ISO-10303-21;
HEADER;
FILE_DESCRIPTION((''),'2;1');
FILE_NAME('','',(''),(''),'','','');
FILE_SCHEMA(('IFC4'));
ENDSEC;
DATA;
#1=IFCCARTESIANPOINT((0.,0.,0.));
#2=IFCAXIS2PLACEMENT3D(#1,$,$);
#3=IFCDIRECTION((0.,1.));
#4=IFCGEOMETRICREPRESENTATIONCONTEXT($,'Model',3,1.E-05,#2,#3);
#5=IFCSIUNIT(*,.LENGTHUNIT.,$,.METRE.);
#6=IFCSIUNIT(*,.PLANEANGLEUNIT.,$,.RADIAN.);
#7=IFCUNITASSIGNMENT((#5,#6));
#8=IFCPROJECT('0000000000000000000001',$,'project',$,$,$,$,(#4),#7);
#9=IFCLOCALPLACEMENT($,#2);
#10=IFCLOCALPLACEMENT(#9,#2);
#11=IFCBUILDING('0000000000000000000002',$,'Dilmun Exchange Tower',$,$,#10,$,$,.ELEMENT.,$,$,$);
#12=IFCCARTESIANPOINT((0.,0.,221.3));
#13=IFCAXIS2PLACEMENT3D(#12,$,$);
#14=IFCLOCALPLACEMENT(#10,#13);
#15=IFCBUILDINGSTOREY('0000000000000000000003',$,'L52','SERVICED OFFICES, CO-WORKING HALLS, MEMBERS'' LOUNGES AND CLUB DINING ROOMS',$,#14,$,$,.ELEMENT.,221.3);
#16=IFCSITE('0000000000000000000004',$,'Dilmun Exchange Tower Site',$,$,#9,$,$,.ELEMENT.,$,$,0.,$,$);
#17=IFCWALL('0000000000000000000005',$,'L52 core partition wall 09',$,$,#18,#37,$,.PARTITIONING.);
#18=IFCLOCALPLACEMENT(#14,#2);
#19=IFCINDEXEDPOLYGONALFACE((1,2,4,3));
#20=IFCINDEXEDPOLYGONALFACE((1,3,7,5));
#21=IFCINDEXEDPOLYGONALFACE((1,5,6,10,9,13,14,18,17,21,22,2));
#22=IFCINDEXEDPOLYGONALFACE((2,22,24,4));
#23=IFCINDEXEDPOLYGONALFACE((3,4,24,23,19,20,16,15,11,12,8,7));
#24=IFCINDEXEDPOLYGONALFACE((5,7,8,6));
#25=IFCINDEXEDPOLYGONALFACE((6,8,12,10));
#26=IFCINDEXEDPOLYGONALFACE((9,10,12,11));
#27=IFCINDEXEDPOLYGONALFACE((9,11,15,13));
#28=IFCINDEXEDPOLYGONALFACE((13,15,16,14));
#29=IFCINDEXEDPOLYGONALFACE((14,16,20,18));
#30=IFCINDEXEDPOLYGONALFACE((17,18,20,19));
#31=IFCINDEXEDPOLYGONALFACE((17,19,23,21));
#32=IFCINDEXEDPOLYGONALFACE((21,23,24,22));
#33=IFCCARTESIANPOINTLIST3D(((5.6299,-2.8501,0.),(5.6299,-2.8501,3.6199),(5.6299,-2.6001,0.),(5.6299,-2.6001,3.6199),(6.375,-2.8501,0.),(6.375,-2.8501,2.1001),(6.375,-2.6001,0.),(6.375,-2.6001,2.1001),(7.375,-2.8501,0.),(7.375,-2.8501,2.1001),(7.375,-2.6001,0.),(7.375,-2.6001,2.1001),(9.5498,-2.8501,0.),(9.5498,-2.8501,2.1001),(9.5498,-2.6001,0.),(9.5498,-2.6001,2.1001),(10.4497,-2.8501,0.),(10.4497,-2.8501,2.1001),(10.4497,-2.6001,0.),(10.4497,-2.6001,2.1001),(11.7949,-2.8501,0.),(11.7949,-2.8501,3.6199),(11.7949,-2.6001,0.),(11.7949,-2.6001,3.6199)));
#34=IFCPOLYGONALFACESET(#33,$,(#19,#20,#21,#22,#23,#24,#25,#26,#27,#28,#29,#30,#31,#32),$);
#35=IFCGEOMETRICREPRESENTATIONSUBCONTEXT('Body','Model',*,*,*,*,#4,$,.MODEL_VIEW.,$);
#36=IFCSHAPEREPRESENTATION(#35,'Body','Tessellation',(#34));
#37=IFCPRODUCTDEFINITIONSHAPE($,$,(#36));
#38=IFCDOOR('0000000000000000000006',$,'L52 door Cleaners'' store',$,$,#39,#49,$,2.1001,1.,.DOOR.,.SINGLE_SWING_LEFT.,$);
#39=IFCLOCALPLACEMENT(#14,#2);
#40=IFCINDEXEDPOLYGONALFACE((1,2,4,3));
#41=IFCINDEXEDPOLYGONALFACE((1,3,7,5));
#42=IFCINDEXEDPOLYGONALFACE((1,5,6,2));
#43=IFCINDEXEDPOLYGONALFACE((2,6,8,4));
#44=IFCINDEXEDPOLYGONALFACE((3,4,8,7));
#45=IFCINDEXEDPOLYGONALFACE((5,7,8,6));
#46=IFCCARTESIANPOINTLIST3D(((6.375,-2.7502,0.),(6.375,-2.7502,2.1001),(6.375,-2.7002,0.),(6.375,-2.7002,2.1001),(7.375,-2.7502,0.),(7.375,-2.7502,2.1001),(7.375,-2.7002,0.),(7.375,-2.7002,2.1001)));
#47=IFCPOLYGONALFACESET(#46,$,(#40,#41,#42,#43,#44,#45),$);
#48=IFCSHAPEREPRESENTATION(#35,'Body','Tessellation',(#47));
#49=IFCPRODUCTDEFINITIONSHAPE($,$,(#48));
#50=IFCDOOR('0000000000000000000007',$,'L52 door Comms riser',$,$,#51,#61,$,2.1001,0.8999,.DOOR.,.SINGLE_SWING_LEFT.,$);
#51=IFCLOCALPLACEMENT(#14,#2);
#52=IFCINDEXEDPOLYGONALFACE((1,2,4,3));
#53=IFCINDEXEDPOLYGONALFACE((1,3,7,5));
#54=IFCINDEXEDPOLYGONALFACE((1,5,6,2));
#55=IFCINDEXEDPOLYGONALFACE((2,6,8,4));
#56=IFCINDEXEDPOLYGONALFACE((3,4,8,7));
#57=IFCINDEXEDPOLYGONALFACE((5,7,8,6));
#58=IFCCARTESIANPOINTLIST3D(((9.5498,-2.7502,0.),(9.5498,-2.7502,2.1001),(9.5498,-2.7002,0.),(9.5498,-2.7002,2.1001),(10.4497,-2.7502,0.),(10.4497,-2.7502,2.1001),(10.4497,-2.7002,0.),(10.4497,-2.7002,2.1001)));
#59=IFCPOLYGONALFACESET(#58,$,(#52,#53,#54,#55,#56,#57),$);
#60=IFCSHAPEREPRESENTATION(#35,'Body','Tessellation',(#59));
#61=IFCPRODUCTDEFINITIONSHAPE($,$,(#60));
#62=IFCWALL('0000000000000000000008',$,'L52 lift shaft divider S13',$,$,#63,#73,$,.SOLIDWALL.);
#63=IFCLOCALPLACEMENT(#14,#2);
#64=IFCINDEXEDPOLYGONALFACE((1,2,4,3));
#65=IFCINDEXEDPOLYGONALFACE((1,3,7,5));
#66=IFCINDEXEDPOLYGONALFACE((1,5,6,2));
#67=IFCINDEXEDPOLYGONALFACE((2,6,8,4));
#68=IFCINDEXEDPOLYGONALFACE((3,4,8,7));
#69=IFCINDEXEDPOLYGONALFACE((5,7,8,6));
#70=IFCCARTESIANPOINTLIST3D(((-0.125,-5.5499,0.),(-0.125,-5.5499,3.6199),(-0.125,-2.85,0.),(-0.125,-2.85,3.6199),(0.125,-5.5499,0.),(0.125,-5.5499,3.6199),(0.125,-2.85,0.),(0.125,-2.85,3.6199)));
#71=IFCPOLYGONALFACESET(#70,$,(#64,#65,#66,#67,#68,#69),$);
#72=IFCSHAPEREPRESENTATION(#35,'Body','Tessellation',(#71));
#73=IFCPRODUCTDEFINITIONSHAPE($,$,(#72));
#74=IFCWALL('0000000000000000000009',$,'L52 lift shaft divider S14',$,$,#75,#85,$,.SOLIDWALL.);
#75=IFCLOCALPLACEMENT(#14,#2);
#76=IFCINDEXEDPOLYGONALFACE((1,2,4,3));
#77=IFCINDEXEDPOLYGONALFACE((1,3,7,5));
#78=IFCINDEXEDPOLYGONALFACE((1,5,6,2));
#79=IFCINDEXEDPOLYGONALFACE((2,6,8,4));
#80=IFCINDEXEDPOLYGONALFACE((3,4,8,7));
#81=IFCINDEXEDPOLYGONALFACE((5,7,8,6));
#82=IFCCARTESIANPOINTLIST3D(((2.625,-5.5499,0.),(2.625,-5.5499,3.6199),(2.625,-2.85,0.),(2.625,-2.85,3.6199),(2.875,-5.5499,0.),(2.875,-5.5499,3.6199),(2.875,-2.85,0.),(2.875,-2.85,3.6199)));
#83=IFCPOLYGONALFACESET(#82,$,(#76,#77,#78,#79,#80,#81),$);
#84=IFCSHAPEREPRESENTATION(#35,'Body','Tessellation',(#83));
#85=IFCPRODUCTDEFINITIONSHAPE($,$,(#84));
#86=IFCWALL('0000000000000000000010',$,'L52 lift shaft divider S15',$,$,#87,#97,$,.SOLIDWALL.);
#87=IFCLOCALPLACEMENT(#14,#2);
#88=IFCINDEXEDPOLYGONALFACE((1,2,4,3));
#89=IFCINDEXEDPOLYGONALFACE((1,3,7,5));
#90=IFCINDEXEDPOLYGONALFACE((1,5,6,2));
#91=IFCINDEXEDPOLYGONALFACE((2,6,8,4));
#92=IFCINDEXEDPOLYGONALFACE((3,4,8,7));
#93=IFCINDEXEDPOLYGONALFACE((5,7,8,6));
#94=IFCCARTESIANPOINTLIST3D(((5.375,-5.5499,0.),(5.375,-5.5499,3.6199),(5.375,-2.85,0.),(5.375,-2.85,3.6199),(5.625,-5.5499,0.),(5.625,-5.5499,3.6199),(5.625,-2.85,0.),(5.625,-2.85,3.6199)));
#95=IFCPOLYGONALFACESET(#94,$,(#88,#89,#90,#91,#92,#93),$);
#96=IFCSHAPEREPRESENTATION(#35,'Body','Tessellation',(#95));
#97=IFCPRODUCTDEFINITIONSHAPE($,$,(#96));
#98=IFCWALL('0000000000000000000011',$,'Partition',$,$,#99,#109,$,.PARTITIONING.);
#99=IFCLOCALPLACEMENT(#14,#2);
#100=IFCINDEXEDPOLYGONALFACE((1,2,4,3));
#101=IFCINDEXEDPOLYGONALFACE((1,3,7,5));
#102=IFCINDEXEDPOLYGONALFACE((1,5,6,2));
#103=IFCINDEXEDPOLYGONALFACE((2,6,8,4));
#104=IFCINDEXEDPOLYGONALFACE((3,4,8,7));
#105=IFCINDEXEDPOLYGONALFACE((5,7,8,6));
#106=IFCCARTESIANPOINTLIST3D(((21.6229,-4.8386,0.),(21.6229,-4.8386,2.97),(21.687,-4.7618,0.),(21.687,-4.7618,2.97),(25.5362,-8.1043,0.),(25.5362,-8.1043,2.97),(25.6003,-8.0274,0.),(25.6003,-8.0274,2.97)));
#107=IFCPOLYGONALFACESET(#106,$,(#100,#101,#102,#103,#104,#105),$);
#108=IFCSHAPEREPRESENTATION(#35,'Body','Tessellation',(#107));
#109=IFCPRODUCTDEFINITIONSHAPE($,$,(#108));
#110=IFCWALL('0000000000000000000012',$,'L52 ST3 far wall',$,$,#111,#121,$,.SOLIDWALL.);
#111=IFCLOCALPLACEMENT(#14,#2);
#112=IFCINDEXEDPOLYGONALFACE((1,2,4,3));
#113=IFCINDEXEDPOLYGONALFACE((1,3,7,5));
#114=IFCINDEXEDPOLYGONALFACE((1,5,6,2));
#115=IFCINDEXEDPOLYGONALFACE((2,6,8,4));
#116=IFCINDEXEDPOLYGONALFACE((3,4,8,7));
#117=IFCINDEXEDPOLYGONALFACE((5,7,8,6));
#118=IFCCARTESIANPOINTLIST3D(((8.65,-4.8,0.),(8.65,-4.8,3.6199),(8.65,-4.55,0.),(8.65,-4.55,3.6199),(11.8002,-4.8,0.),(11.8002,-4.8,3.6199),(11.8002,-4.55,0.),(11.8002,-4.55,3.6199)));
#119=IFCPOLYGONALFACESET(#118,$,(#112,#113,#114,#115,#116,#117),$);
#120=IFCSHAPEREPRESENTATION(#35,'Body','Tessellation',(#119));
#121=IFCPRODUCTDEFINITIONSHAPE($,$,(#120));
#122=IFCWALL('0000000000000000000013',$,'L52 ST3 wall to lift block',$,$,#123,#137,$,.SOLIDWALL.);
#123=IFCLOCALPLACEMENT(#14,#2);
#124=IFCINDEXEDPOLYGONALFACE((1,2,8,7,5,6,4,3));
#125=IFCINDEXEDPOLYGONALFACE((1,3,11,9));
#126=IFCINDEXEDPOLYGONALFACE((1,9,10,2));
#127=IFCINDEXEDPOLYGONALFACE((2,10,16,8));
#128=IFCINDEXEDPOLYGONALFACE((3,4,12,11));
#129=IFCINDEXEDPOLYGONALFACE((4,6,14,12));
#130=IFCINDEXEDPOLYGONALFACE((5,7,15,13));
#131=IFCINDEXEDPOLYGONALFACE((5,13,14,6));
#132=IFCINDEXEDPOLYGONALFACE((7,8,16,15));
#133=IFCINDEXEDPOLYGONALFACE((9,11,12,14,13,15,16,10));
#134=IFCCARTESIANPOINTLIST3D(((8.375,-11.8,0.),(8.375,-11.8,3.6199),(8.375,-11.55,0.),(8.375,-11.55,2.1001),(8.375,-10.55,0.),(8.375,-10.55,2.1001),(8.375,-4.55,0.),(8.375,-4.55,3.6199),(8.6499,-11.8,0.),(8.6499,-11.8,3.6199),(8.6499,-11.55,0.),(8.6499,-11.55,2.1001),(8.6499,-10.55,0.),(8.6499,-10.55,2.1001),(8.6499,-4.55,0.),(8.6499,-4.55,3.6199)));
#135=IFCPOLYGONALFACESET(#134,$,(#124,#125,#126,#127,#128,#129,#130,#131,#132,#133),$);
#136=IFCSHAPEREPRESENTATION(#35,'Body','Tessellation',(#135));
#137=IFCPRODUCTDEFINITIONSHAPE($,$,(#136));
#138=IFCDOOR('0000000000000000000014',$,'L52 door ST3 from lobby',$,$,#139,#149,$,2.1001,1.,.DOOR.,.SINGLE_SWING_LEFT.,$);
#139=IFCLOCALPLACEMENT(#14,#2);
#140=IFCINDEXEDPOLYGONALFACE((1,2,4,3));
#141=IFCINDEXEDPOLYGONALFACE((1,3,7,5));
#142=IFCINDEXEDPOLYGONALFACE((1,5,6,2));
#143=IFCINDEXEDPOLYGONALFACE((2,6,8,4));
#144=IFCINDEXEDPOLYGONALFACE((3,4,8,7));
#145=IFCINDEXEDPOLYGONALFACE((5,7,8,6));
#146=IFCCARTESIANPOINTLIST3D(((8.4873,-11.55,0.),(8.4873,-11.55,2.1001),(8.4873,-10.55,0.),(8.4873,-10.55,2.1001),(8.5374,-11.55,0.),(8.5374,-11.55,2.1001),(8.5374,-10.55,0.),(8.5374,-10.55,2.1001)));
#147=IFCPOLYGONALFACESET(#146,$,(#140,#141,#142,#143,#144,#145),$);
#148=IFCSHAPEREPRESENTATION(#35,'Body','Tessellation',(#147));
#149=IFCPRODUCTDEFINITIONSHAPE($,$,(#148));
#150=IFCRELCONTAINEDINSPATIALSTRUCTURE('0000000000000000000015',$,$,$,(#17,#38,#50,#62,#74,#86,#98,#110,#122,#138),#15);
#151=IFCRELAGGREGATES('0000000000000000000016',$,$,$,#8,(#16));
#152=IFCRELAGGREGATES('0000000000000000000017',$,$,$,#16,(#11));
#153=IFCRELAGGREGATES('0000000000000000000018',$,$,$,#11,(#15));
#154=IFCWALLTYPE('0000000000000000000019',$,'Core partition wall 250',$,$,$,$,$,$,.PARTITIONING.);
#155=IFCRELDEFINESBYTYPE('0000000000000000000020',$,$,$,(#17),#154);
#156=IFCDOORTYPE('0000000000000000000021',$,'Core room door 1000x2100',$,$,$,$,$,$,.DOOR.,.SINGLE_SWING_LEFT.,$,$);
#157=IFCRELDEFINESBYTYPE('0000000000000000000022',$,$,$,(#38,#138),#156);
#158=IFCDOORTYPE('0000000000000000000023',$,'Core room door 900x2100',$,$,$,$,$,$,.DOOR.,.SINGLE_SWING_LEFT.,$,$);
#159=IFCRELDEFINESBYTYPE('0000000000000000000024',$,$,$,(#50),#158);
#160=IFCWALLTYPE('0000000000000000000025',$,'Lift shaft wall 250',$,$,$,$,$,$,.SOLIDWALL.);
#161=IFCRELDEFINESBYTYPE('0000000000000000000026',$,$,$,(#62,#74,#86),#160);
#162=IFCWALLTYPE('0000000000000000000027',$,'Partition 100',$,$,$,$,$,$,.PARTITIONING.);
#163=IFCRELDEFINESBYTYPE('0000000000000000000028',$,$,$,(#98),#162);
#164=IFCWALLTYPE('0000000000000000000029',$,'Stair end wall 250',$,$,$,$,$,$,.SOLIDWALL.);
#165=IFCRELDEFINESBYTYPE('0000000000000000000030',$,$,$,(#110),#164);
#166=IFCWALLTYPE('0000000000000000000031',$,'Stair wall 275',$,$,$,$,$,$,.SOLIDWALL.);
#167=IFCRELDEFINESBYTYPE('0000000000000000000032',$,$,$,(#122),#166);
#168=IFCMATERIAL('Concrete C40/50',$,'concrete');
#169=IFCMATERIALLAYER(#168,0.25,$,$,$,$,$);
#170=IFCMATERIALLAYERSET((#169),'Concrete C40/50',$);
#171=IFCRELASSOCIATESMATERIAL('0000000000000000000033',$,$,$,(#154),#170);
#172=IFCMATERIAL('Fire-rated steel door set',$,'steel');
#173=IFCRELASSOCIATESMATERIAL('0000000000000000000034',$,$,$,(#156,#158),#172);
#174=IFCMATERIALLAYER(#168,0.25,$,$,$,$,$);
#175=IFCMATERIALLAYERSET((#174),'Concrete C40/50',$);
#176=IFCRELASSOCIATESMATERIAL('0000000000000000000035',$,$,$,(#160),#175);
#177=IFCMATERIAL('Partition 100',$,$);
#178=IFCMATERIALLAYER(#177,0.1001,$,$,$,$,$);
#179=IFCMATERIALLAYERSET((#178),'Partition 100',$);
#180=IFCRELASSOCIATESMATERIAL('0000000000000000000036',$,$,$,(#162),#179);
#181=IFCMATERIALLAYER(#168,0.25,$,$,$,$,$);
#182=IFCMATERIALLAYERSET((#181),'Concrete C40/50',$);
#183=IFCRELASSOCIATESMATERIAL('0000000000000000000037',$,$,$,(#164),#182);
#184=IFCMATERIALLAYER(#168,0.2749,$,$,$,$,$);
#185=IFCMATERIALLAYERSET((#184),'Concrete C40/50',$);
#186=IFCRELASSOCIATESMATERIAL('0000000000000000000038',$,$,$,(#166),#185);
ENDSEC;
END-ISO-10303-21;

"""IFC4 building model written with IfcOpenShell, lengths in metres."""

from ifc_helpers import new_model, si_unit, direction, frame, frame_2d, origin, place, context, subcontext, project, spatial, rectangle, extrude, material, layer, layer_set, type_object, element, fill, save


model = new_model("IFC4")

# Units and contexts
model_context = context("Model", 3, precision=1e-05, world=origin(), true_north=direction((0.0, 1.0)))
body_context = subcontext(model_context, "Body", "Model", "MODEL_VIEW")
ifc_project = project(units=[si_unit("LENGTHUNIT", "METRE"), si_unit("PLANEANGLEUNIT", "RADIAN")], contexts=[model_context])

# Site, building, storey
site_placement = place(None, origin())
site = spatial("IfcSite", under=ifc_project, at=site_placement, Name="Dilmun Exchange Tower Site", CompositionType="ELEMENT", RefElevation=0.0)
building_placement = place(site_placement, origin())
building = spatial("IfcBuilding", under=site, at=building_placement, Name="Dilmun Exchange Tower", CompositionType="ELEMENT")
storey_placement = place(building_placement, frame((0.0, 0.0, 221.3)))
storey = spatial("IfcBuildingStorey", under=building, at=storey_placement, Name="L52", Description="SERVICED OFFICES, CO-WORKING HALLS, MEMBERS' LOUNGES AND CLUB DINING ROOMS", CompositionType="ELEMENT", Elevation=221.3)

# Shared definitions
ifc_material_1 = material(Name="Concrete C40/50", Category="concrete")

# Shared definitions
ifc_layer_1 = layer(ifc_material_1, 0.25)
ifc_layer_set_1 = layer_set([ifc_layer_1], Name="Concrete C40/50")
wall_type_1 = type_object("IfcWallType", Name="Core partition wall 250", PredefinedType="PARTITIONING", material=ifc_layer_set_1)

# Wall, openings, doors
wall_1_placement = place(storey_placement, frame((5.6299, -2.7251, 0.0), z_axis=(0.0, 0.0, 1.0), x_axis=(1.0, 0.0, 0.0)))
wall_1 = element("IfcWall", 1, at=wall_1_placement, inside=storey, type_object=wall_type_1, Name="L52 core partition wall 09", PredefinedType="PARTITIONING", context=body_context, shape_type="SweptSolid", body=[
    extrude(rectangle(XDim=6.165, YDim=0.25, at=frame_2d((3.0825, 0.0))), origin(), (0.0, 0.0, 1.0), 3.6199),
])
opening_1_placement = place(wall_1_placement, frame((0.7451, 0.0, 0.0)))
opening_1 = element("IfcOpeningElement", 2, at=opening_1_placement, cuts=wall_1, PredefinedType="OPENING", context=body_context, shape_type="SweptSolid", body=[
    extrude(rectangle(XDim=1.0, YDim=2.1001, at=frame_2d((0.5, 1.05))), frame((0.0, 0.135, 0.0), z_axis=(0.0, -1.0, 0.0), x_axis=(1.0, 0.0, 0.0)), (0.0, 0.0, 1.0), 0.27),
])
opening_2_placement = place(wall_1_placement, frame((3.9199, 0.0, 0.0)))
opening_2 = element("IfcOpeningElement", 3, at=opening_2_placement, cuts=wall_1, PredefinedType="OPENING", context=body_context, shape_type="SweptSolid", body=[
    extrude(rectangle(XDim=0.8999, YDim=2.1001, at=frame_2d((0.45, 1.05))), frame((0.0, 0.135, 0.0), z_axis=(0.0, -1.0, 0.0), x_axis=(1.0, 0.0, 0.0)), (0.0, 0.0, 1.0), 0.27),
])
ifc_material_2 = material(Name="Fire-rated steel door set", Category="steel")
door_type_1 = type_object("IfcDoorType", Name="Core room door 1000x2100", OperationType="SINGLE_SWING_LEFT", PredefinedType="DOOR", material=ifc_material_2)
door_1_placement = place(opening_1_placement, origin())
door_1 = element("IfcDoor", 4, at=door_1_placement, inside=storey, type_object=door_type_1, Name="L52 door Cleaners' store", OperationType="SINGLE_SWING_LEFT", OverallHeight=2.1001, OverallWidth=1.0, PredefinedType="DOOR", context=body_context, shape_type="SweptSolid", body=[
    extrude(rectangle(XDim=1.0, YDim=2.1001, at=frame_2d((0.5, 1.05))), frame((0.0, 0.0249, 0.0), z_axis=(0.0, -1.0, 0.0), x_axis=(1.0, 0.0, 0.0)), (0.0, 0.0, 1.0), 0.05),
])
fill(opening_1, door_1)
door_type_2 = type_object("IfcDoorType", Name="Core room door 900x2100", OperationType="SINGLE_SWING_LEFT", PredefinedType="DOOR", material=ifc_material_2)
door_2_placement = place(opening_2_placement, origin())
door_2 = element("IfcDoor", 5, at=door_2_placement, inside=storey, type_object=door_type_2, Name="L52 door Comms riser", OperationType="SINGLE_SWING_LEFT", OverallHeight=2.1001, OverallWidth=0.8999, PredefinedType="DOOR", context=body_context, shape_type="SweptSolid", body=[
    extrude(rectangle(XDim=0.8999, YDim=2.1001, at=frame_2d((0.45, 1.05))), frame((0.0, 0.0249, 0.0), z_axis=(0.0, -1.0, 0.0), x_axis=(1.0, 0.0, 0.0)), (0.0, 0.0, 1.0), 0.05),
])
fill(opening_2, door_2)

# Walls
ifc_layer_2 = layer(ifc_material_1, 0.25)
ifc_layer_set_2 = layer_set([ifc_layer_2], Name="Concrete C40/50")
wall_type_2 = type_object("IfcWallType", Name="Lift shaft wall 250", PredefinedType="SOLIDWALL", material=ifc_layer_set_2)
for number, where, z_axis, x_axis, name in (
    (6, (0.0, -5.55, 0.0), (0.0, 0.0, 1.0), (0.0, 1.0, 0.0), "L52 lift shaft divider S13"),
    (7, (2.75, -5.55, 0.0), (0.0, 0.0, 1.0), (0.0, 1.0, 0.0), "L52 lift shaft divider S14"),
    (8, (5.5, -5.55, 0.0), (0.0, 0.0, 1.0), (0.0, 1.0, 0.0), "L52 lift shaft divider S15"),
):
    element("IfcWall", number, at=place(storey_placement, frame(where, z_axis=z_axis, x_axis=x_axis)), inside=storey, type_object=wall_type_2, Name=name, PredefinedType="SOLIDWALL", context=body_context, shape_type="SweptSolid", body=[
        extrude(rectangle(XDim=2.7, YDim=0.25, at=frame_2d((1.3501, 0.0))), origin(), (0.0, 0.0, 1.0), 3.6199),
    ])
ifc_material_3 = material(Name="Partition 100")
ifc_layer_3 = layer(ifc_material_3, 0.1001)
ifc_layer_set_3 = layer_set([ifc_layer_3], Name="Partition 100")
wall_type_3 = type_object("IfcWallType", Name="Partition 100", PredefinedType="PARTITIONING", material=ifc_layer_set_3)
wall_2_placement = place(storey_placement, frame((21.655, -4.8003, 0.0), z_axis=(0.0, 0.0, 1.0), x_axis=(0.767785, -0.640707, 0.0)))
element("IfcWall", 9, at=wall_2_placement, inside=storey, type_object=wall_type_3, Name="Partition", PredefinedType="PARTITIONING", context=body_context, shape_type="SweptSolid", body=[
    extrude(rectangle(XDim=5.0969, YDim=0.1001, at=frame_2d((2.5483, 0.0))), origin(), (0.0, 0.0, 1.0), 2.97),
])
ifc_layer_4 = layer(ifc_material_1, 0.25)
ifc_layer_set_4 = layer_set([ifc_layer_4], Name="Concrete C40/50")
wall_type_4 = type_object("IfcWallType", Name="Stair end wall 250", PredefinedType="SOLIDWALL", material=ifc_layer_set_4)
wall_3_placement = place(storey_placement, frame((8.6499, -4.675, 0.0), z_axis=(0.0, 0.0, 1.0), x_axis=(1.0, 0.0, 0.0)))
element("IfcWall", 10, at=wall_3_placement, inside=storey, type_object=wall_type_4, Name="L52 ST3 far wall", PredefinedType="SOLIDWALL", context=body_context, shape_type="SweptSolid", body=[
    extrude(rectangle(XDim=3.1501, YDim=0.25, at=frame_2d((1.5752, 0.0))), origin(), (0.0, 0.0, 1.0), 3.6199),
])

# Wall, opening, door
ifc_layer_5 = layer(ifc_material_1, 0.2749)
ifc_layer_set_5 = layer_set([ifc_layer_5], Name="Concrete C40/50")
wall_type_5 = type_object("IfcWallType", Name="Stair wall 275", PredefinedType="SOLIDWALL", material=ifc_layer_set_5)
wall_4_placement = place(storey_placement, frame((8.5125, -4.55, 0.0), z_axis=(0.0, 0.0, 1.0), x_axis=(0.0, -1.0, 0.0)))
wall_4 = element("IfcWall", 11, at=wall_4_placement, inside=storey, type_object=wall_type_5, Name="L52 ST3 wall to lift block", PredefinedType="SOLIDWALL", context=body_context, shape_type="SweptSolid", body=[
    extrude(rectangle(XDim=7.25, YDim=0.2749, at=frame_2d((3.625, 0.0))), origin(), (0.0, 0.0, 1.0), 3.6199),
])
opening_3_placement = place(wall_4_placement, frame((6.0, 0.0, 0.0)))
opening_3 = element("IfcOpeningElement", 12, at=opening_3_placement, cuts=wall_4, PredefinedType="OPENING", context=body_context, shape_type="SweptSolid", body=[
    extrude(rectangle(XDim=1.0, YDim=2.1001, at=frame_2d((0.5, 1.05))), frame((0.0, 0.1475, 0.0), z_axis=(0.0, -1.0, 0.0), x_axis=(1.0, 0.0, 0.0)), (0.0, 0.0, 1.0), 0.2949),
])
door_3_placement = place(opening_3_placement, origin())
door_3 = element("IfcDoor", 13, at=door_3_placement, inside=storey, type_object=door_type_1, Name="L52 door ST3 from lobby", OperationType="SINGLE_SWING_LEFT", OverallHeight=2.1001, OverallWidth=1.0, PredefinedType="DOOR", context=body_context, shape_type="SweptSolid", body=[
    extrude(rectangle(XDim=1.0, YDim=2.1001, at=frame_2d((0.5, 1.05))), frame((0.0, 0.0249, 0.0), z_axis=(0.0, -1.0, 0.0), x_axis=(1.0, 0.0, 0.0)), (0.0, 0.0, 1.0), 0.05),
])
fill(opening_3, door_3)

save(model, "model.ifc")
